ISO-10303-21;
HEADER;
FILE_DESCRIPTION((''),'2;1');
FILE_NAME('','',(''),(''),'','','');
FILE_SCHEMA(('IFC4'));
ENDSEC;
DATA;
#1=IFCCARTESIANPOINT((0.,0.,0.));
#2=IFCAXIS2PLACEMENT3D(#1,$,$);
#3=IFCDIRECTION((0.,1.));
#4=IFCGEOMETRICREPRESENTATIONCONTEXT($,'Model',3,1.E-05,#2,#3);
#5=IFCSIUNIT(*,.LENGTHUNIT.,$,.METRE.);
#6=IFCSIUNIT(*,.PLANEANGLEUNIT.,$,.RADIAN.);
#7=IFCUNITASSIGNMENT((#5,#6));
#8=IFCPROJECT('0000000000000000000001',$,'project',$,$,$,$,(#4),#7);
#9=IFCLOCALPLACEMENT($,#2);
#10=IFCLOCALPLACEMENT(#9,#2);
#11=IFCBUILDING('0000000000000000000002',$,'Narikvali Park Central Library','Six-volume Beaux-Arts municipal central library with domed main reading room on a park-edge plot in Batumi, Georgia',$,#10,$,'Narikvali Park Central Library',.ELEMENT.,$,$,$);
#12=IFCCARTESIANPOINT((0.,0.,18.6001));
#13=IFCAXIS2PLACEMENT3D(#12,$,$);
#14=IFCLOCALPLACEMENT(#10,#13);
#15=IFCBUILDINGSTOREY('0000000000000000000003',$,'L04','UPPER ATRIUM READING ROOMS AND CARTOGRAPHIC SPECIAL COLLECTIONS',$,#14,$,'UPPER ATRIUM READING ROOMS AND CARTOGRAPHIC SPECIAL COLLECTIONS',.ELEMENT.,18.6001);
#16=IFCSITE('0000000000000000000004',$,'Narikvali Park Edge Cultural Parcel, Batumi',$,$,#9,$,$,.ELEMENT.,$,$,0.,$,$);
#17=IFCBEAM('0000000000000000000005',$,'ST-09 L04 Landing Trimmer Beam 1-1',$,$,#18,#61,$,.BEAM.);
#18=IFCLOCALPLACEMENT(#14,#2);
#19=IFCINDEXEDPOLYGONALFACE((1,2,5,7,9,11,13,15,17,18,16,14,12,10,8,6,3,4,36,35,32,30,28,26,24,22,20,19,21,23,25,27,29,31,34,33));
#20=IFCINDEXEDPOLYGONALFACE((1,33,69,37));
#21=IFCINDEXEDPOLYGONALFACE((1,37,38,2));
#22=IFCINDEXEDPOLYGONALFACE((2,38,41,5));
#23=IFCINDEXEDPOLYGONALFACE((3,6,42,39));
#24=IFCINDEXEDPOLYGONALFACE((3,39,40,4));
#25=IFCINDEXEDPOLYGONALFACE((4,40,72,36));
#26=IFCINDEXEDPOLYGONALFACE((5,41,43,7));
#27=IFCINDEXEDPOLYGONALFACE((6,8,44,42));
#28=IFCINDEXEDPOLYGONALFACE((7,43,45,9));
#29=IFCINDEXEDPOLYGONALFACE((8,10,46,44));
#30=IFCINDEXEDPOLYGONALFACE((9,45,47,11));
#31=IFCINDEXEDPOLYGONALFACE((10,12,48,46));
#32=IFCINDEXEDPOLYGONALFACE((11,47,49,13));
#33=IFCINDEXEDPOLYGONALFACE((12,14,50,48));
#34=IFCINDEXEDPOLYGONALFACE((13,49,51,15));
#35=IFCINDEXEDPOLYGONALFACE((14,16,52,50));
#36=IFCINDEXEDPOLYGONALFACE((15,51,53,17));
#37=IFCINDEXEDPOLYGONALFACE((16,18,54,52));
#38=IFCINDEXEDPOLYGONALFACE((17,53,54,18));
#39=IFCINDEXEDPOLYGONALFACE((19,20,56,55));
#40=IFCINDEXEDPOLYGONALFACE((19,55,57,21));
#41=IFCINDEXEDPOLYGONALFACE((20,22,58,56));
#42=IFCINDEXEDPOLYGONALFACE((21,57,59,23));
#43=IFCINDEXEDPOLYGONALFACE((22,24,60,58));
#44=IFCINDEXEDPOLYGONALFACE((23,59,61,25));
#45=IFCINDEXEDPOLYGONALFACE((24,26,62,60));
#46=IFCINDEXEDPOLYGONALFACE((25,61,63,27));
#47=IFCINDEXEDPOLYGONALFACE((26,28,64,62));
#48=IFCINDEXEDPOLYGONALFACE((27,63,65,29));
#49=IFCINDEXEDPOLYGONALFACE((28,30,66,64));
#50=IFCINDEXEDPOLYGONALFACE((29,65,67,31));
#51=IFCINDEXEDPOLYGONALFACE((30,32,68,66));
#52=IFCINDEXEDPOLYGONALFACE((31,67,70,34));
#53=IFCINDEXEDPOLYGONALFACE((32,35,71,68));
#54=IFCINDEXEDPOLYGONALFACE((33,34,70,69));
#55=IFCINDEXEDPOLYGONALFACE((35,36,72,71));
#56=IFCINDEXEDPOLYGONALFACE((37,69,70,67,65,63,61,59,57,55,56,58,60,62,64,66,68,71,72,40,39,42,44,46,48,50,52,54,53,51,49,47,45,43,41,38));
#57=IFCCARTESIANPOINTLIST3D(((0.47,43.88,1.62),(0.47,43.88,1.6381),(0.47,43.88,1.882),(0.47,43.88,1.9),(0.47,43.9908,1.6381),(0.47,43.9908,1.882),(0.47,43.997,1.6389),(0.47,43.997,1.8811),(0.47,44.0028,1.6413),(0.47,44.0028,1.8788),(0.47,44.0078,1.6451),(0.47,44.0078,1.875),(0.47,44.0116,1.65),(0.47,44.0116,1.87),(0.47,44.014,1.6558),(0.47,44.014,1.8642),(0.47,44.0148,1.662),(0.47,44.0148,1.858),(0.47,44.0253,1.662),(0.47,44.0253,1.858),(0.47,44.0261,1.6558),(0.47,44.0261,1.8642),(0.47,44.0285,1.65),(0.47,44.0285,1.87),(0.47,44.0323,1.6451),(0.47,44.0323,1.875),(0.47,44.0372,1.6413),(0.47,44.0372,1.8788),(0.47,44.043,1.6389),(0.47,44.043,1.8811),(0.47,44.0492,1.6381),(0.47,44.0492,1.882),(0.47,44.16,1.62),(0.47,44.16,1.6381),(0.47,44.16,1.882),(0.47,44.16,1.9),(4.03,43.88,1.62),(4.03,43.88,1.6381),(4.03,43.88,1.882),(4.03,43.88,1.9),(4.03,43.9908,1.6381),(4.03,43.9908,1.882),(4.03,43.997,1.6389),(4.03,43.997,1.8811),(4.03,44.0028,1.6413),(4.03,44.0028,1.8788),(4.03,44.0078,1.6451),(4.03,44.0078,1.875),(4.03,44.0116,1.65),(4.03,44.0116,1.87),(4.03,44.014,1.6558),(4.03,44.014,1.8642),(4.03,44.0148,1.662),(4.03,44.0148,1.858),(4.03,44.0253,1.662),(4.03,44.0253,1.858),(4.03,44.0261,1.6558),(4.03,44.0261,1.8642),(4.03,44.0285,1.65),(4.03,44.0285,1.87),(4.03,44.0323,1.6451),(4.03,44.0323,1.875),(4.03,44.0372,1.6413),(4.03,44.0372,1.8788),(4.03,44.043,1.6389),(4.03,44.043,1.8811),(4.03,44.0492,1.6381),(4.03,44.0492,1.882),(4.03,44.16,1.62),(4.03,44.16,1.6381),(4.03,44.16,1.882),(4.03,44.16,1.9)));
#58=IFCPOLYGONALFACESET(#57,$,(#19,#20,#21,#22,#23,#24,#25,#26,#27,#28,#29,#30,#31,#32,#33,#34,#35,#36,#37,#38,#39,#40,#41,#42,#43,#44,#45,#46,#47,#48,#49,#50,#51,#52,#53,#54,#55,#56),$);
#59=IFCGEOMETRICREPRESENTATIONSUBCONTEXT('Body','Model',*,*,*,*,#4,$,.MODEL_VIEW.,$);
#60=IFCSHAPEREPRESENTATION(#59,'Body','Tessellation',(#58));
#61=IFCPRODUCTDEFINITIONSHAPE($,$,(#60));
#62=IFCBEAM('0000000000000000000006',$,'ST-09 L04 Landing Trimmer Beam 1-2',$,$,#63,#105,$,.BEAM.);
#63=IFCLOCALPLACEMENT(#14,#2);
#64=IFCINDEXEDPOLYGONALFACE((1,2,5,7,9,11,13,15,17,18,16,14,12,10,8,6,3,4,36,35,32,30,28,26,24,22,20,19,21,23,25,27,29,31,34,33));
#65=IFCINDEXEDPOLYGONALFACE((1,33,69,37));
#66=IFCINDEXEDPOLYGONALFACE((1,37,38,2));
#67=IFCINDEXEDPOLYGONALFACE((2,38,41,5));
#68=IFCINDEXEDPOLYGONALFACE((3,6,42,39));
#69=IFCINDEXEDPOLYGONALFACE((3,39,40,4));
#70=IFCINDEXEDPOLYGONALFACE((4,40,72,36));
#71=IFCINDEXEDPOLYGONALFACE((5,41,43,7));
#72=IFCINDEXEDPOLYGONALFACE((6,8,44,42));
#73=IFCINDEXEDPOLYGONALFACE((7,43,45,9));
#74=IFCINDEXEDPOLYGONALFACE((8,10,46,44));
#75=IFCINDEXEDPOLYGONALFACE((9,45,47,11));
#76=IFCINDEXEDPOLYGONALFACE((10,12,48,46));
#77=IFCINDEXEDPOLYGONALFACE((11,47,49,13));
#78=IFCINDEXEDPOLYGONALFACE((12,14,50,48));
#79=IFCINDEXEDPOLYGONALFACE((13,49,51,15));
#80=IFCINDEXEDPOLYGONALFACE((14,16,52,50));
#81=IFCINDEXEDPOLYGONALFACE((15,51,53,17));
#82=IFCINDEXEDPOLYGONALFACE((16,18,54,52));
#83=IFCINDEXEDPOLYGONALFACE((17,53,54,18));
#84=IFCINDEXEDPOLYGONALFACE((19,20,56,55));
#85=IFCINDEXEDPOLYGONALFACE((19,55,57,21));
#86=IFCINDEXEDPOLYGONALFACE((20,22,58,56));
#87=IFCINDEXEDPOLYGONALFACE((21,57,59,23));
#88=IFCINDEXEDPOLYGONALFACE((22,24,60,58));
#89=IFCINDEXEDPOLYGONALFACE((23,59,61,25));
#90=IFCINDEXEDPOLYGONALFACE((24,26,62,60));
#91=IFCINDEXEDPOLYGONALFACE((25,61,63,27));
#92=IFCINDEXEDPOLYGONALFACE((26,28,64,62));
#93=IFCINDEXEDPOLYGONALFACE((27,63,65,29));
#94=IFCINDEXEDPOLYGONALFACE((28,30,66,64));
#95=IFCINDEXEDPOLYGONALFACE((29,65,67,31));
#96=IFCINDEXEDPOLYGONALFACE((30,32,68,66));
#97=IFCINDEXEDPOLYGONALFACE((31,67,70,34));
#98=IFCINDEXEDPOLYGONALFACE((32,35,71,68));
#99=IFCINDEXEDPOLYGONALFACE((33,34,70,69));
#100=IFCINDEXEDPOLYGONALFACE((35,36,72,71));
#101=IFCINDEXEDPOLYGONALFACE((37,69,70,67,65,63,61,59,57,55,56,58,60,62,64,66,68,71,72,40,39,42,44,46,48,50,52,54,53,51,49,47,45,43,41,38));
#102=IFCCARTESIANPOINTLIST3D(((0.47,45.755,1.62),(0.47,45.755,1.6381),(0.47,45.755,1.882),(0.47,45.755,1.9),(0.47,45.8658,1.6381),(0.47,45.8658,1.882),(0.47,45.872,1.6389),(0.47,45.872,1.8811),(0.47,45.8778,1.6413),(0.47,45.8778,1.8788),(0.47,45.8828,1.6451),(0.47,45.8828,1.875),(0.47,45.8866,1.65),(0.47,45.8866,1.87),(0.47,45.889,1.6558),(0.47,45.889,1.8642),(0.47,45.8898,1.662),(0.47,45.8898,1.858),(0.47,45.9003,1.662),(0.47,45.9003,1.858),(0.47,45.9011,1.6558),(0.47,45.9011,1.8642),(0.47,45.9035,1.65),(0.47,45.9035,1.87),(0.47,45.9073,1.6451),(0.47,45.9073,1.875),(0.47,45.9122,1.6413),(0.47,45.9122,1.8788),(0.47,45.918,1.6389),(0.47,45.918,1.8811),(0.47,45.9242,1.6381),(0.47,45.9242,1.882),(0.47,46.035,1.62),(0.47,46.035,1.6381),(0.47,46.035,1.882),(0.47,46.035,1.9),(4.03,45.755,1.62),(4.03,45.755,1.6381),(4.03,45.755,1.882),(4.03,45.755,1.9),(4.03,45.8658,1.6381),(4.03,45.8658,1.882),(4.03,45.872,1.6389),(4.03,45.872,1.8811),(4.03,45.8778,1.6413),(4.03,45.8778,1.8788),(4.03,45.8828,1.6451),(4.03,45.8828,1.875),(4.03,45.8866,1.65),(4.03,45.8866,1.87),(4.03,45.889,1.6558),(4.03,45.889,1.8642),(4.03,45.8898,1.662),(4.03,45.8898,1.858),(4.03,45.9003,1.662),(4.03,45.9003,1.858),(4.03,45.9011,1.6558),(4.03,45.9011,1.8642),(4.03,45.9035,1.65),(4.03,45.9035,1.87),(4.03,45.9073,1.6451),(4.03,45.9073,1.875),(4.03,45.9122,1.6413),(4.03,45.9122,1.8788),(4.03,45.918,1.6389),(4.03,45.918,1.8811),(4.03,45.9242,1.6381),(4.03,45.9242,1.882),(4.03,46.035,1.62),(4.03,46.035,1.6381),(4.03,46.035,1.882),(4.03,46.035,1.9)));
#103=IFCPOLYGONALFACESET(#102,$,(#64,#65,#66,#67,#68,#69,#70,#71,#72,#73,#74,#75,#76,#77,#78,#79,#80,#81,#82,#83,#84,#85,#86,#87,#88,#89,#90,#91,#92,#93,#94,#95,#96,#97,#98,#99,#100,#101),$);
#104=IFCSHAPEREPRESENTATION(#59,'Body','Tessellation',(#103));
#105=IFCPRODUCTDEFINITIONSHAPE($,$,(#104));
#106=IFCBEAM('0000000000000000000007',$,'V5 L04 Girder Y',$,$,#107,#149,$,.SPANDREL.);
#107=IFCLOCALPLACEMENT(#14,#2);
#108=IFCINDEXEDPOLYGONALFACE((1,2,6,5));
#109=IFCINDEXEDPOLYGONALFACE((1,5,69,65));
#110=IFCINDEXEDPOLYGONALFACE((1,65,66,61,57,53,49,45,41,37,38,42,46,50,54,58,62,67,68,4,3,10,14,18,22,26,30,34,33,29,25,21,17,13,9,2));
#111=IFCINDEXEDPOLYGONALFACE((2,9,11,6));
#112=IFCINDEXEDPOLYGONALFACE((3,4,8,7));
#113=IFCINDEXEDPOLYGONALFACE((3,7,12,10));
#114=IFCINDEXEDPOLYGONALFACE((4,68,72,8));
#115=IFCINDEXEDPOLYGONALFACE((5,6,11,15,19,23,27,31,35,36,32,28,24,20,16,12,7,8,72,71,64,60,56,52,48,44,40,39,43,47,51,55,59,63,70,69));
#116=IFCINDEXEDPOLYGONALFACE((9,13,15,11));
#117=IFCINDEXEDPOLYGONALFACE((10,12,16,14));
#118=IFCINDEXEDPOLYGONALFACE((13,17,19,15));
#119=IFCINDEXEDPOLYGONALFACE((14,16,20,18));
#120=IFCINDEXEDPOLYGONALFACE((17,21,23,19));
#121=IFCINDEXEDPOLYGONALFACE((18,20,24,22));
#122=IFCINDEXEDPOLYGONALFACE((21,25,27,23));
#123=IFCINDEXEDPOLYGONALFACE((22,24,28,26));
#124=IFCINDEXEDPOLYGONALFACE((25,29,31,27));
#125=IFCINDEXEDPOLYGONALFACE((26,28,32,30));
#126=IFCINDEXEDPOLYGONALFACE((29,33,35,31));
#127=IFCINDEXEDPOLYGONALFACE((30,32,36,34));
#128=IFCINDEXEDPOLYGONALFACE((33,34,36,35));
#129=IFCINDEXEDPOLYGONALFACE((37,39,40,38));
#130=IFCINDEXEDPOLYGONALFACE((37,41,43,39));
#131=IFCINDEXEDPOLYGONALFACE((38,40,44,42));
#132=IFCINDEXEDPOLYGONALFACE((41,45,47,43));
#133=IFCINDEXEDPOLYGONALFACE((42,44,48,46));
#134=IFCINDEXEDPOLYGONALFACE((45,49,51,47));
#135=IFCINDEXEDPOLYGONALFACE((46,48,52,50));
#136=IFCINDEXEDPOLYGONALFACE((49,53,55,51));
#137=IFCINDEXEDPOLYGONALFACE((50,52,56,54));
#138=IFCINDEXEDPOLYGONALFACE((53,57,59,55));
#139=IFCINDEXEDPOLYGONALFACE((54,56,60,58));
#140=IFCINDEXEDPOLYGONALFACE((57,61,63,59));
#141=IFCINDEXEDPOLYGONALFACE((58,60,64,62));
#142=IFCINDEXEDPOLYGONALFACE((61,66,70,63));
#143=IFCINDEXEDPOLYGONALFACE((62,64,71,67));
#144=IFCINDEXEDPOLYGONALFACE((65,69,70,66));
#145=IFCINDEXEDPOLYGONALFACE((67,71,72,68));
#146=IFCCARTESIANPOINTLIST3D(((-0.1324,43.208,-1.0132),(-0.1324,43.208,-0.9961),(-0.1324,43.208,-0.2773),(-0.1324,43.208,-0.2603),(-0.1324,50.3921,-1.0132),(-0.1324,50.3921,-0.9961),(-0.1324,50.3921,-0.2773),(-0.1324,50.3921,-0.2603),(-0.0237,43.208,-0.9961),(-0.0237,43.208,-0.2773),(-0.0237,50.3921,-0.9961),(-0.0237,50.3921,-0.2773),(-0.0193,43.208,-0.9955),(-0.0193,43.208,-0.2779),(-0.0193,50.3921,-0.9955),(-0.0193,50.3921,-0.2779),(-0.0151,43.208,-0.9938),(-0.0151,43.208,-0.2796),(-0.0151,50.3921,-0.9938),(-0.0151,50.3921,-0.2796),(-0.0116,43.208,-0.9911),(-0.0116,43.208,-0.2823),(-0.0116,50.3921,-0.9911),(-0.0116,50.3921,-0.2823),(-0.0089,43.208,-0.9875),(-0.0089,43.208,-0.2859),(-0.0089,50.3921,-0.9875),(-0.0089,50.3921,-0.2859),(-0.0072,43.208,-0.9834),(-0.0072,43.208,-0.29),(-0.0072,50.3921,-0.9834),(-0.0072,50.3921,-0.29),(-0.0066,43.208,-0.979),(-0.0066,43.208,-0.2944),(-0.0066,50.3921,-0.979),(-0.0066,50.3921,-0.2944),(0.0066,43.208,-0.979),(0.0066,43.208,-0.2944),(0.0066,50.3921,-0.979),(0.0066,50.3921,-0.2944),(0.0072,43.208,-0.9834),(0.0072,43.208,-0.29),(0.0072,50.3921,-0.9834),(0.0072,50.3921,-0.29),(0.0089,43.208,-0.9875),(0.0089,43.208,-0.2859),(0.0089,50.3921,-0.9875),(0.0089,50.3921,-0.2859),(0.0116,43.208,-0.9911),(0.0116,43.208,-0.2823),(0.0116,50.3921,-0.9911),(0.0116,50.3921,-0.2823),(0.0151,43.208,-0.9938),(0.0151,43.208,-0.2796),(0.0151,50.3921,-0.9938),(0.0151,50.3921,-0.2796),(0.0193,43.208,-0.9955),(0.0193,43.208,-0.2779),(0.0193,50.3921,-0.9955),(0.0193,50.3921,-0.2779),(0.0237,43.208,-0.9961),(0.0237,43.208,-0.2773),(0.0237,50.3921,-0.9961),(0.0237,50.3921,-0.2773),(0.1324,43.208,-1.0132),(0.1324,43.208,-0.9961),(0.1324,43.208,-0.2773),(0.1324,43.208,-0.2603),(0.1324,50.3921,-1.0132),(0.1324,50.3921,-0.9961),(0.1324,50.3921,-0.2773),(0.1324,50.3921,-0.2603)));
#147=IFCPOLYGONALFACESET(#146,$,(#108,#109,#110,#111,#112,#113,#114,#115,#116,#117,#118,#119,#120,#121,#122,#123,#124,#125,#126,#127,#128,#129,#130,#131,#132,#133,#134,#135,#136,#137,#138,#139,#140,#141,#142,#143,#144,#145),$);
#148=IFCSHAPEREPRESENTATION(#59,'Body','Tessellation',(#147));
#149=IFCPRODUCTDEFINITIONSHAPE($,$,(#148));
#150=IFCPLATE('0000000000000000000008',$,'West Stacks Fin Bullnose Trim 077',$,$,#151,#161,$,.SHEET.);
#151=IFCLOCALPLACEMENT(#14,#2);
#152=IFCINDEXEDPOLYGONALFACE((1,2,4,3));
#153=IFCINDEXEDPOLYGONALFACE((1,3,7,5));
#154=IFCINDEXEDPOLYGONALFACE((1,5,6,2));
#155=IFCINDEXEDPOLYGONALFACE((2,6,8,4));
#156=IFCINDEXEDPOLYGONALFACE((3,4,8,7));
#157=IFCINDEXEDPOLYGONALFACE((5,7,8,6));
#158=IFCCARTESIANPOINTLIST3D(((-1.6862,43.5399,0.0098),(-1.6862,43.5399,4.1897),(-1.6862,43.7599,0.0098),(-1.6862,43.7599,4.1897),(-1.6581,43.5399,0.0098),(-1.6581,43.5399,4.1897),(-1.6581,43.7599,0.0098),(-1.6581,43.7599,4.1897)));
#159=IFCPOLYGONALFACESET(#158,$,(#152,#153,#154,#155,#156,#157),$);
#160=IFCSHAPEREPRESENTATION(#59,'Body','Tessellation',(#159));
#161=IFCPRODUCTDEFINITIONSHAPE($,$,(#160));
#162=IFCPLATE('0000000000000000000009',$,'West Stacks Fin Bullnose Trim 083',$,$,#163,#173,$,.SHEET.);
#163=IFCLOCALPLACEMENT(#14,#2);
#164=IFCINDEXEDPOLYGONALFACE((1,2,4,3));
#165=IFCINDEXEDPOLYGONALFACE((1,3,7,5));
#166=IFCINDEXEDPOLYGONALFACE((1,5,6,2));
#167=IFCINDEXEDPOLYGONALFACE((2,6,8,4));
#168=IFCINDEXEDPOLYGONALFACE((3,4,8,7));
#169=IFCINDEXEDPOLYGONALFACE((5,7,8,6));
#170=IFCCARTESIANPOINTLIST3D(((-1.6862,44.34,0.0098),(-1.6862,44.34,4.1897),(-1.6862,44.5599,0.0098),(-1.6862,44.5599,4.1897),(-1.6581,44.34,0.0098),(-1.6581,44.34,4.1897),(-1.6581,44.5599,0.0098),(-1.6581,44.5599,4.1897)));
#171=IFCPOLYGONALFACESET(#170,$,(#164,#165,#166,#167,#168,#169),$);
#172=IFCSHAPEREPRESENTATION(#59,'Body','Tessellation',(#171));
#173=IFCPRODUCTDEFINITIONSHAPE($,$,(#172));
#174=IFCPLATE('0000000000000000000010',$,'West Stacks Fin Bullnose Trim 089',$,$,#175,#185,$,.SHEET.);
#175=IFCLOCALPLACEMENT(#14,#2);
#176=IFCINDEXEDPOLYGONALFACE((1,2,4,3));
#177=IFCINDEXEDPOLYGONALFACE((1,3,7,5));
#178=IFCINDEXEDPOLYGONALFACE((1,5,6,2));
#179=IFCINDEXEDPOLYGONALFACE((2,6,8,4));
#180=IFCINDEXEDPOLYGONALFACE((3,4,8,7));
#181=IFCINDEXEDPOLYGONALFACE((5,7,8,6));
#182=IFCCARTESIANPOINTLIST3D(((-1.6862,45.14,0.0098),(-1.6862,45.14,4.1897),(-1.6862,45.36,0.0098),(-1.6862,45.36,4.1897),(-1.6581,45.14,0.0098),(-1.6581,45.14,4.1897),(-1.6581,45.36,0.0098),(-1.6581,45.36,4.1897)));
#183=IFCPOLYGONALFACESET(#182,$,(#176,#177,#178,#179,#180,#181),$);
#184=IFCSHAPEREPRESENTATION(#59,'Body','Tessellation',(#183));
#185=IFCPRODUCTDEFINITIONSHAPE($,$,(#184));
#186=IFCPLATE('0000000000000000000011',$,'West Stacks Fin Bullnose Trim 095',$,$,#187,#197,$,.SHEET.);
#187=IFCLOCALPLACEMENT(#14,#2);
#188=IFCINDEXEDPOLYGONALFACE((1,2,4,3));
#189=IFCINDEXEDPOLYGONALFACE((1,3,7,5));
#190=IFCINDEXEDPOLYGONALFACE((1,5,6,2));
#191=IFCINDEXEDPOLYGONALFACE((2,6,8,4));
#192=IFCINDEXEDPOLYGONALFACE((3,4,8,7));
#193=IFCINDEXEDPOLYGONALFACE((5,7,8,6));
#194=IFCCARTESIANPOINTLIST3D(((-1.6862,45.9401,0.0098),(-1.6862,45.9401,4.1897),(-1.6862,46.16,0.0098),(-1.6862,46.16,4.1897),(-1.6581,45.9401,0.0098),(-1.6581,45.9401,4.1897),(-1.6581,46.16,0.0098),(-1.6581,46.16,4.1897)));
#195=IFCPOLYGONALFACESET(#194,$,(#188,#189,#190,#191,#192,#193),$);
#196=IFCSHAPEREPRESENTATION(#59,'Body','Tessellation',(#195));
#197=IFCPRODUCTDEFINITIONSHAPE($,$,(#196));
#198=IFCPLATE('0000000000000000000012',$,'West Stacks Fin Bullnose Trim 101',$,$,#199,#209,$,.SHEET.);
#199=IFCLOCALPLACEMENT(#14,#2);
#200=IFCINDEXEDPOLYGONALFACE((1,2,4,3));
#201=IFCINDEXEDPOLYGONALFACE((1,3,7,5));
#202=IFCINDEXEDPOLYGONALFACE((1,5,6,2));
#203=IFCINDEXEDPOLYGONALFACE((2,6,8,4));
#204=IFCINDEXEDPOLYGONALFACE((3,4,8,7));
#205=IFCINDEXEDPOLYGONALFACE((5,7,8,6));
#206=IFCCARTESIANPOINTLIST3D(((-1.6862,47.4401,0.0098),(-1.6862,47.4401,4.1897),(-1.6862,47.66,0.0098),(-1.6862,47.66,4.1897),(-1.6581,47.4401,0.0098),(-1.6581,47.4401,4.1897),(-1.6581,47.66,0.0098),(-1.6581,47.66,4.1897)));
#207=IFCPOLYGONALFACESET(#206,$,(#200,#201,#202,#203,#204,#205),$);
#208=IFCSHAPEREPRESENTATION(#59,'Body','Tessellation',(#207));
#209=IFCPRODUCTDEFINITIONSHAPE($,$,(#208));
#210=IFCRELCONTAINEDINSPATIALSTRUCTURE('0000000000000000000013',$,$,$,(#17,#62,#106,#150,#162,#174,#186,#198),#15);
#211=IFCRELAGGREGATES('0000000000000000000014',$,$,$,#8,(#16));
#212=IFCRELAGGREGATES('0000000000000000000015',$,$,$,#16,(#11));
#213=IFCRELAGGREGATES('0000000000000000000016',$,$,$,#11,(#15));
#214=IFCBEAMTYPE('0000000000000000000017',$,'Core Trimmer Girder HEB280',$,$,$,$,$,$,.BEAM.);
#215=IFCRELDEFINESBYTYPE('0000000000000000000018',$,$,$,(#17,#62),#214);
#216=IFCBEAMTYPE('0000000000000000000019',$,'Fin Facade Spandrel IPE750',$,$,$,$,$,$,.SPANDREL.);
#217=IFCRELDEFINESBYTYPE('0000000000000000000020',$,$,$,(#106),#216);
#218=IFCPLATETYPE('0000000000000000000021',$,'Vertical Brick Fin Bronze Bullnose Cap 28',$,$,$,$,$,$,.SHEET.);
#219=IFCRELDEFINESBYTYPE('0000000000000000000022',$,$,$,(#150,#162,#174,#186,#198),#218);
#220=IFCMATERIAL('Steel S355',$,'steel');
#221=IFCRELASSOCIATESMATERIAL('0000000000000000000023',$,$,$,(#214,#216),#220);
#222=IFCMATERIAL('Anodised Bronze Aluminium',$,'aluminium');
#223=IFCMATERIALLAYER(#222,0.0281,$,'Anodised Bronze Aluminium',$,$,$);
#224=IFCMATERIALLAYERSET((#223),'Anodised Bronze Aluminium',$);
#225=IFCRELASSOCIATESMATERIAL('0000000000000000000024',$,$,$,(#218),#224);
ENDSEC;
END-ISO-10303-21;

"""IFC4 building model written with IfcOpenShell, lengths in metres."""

from ifc_helpers import new_model, si_unit, direction, frame, origin, origin_2d, place, context, subcontext, project, spatial, rectangle, i_section, extrude, material, layer, layer_set, material_profile, profile_set, type_object, element, save


model = new_model("IFC4")

# Units and contexts
model_context = context("Model", 3, precision=1e-05, world=origin(), true_north=direction((0.0, 1.0)))
body_context = subcontext(model_context, "Body", "Model", "MODEL_VIEW")
ifc_project = project(units=[si_unit("LENGTHUNIT", "METRE"), si_unit("PLANEANGLEUNIT", "RADIAN")], contexts=[model_context])

# Site, building, storey
site_placement = place(None, origin())
site = spatial("IfcSite", under=ifc_project, at=site_placement, Name="Narikvali Park Edge Cultural Parcel, Batumi", CompositionType="ELEMENT", RefElevation=0.0)
building_placement = place(site_placement, origin())
building = spatial("IfcBuilding", under=site, at=building_placement, Name="Narikvali Park Central Library", Description="Six-volume Beaux-Arts municipal central library with domed main reading room on a park-edge plot in Batumi, Georgia", LongName="Narikvali Park Central Library", CompositionType="ELEMENT")
storey_placement = place(building_placement, frame((0.0, 0.0, 18.6001)))
storey = spatial("IfcBuildingStorey", under=building, at=storey_placement, Name="L04", Description="UPPER ATRIUM READING ROOMS AND CARTOGRAPHIC SPECIAL COLLECTIONS", LongName="UPPER ATRIUM READING ROOMS AND CARTOGRAPHIC SPECIAL COLLECTIONS", CompositionType="ELEMENT", Elevation=18.6001)

# Beams
ifc_material_1 = material(Name="Steel S355", Category="steel")
ifc_material_profile_1 = material_profile(ifc_material_1, i_section(OverallWidth=0.28, OverallDepth=0.28, WebThickness=0.0105, FlangeThickness=0.0181, FilletRadius=0.0239, at=origin_2d()), Name="HEB 280")
ifc_profile_set_1 = profile_set([ifc_material_profile_1], Name="Steel S355")
beam_type_1 = type_object("IfcBeamType", Name="Core Trimmer Girder HEB280", PredefinedType="BEAM", material=ifc_profile_set_1)
for number, where, z_axis, x_axis, name in (
    (1, (0.47, 44.02, 1.76), (1.0, 0.0, 0.0), (0.0, 1.0, 0.0), "ST-09 L04 Landing Trimmer Beam 1-1"),
    (2, (0.47, 45.895, 1.76), (1.0, 0.0, 0.0), (0.0, 1.0, 0.0), "ST-09 L04 Landing Trimmer Beam 1-2"),
):
    element("IfcBeam", number, at=place(storey_placement, frame(where, z_axis=z_axis, x_axis=x_axis)), inside=storey, type_object=beam_type_1, Name=name, PredefinedType="BEAM", context=body_context, shape_type="SweptSolid", body=[
        extrude(i_section(OverallWidth=0.28, OverallDepth=0.28, WebThickness=0.0105, FlangeThickness=0.0181, FilletRadius=0.0239, at=origin_2d()), origin(), (0.0, 0.0, 1.0), 3.5601),
    ])
ifc_material_profile_2 = material_profile(ifc_material_1, i_section(OverallWidth=0.2649, OverallDepth=0.7529, WebThickness=0.0132, FlangeThickness=0.0171, FilletRadius=0.0171, at=origin_2d()), Name="IPE 750x147")
ifc_profile_set_2 = profile_set([ifc_material_profile_2], Name="Steel S355")
beam_type_2 = type_object("IfcBeamType", Name="Fin Facade Spandrel IPE750", PredefinedType="SPANDREL", material=ifc_profile_set_2)
beam_placement = place(storey_placement, frame((0.0, 43.208, -0.6367), z_axis=(0.0, 1.0, 0.0), x_axis=(-1.0, 0.0, 0.0)))
element("IfcBeam", 3, at=beam_placement, inside=storey, type_object=beam_type_2, Name="V5 L04 Girder Y", PredefinedType="SPANDREL", context=body_context, shape_type="SweptSolid", body=[
    extrude(i_section(OverallWidth=0.2649, OverallDepth=0.7529, WebThickness=0.0132, FlangeThickness=0.0171, FilletRadius=0.0171, at=origin_2d()), origin(), (0.0, 0.0, 1.0), 7.1841),
])

# Plates
ifc_material_2 = material(Name="Anodised Bronze Aluminium", Category="aluminium")
ifc_layer_1 = layer(ifc_material_2, 0.0281, Name="Anodised Bronze Aluminium")
ifc_layer_set_1 = layer_set([ifc_layer_1], Name="Anodised Bronze Aluminium")
plate_type = type_object("IfcPlateType", Name="Vertical Brick Fin Bronze Bullnose Cap 28", PredefinedType="SHEET", material=ifc_layer_set_1)
for number, where, z_axis, x_axis, name in (
    (4, (-1.6721, 43.6499, 0.0098), (0.0, 0.0, 1.0), (1.0, 0.0, 0.0), "West Stacks Fin Bullnose Trim 077"),
    (5, (-1.6721, 44.45, 0.0098), (0.0, 0.0, 1.0), (1.0, 0.0, 0.0), "West Stacks Fin Bullnose Trim 083"),
    (6, (-1.6721, 45.25, 0.0098), (0.0, 0.0, 1.0), (1.0, 0.0, 0.0), "West Stacks Fin Bullnose Trim 089"),
    (7, (-1.6721, 46.05, 0.0098), (0.0, 0.0, 1.0), (1.0, 0.0, 0.0), "West Stacks Fin Bullnose Trim 095"),
    (8, (-1.6721, 47.55, 0.0098), (0.0, 0.0, 1.0), (1.0, 0.0, 0.0), "West Stacks Fin Bullnose Trim 101"),
):
    element("IfcPlate", number, at=place(storey_placement, frame(where, z_axis=z_axis, x_axis=x_axis)), inside=storey, type_object=plate_type, Name=name, PredefinedType="SHEET", context=body_context, shape_type="SweptSolid", body=[
        extrude(rectangle(XDim=0.0281, YDim=0.22, at=origin_2d()), origin(), (0.0, 0.0, 1.0), 4.1799),
    ])

save(model, "model.ifc")
